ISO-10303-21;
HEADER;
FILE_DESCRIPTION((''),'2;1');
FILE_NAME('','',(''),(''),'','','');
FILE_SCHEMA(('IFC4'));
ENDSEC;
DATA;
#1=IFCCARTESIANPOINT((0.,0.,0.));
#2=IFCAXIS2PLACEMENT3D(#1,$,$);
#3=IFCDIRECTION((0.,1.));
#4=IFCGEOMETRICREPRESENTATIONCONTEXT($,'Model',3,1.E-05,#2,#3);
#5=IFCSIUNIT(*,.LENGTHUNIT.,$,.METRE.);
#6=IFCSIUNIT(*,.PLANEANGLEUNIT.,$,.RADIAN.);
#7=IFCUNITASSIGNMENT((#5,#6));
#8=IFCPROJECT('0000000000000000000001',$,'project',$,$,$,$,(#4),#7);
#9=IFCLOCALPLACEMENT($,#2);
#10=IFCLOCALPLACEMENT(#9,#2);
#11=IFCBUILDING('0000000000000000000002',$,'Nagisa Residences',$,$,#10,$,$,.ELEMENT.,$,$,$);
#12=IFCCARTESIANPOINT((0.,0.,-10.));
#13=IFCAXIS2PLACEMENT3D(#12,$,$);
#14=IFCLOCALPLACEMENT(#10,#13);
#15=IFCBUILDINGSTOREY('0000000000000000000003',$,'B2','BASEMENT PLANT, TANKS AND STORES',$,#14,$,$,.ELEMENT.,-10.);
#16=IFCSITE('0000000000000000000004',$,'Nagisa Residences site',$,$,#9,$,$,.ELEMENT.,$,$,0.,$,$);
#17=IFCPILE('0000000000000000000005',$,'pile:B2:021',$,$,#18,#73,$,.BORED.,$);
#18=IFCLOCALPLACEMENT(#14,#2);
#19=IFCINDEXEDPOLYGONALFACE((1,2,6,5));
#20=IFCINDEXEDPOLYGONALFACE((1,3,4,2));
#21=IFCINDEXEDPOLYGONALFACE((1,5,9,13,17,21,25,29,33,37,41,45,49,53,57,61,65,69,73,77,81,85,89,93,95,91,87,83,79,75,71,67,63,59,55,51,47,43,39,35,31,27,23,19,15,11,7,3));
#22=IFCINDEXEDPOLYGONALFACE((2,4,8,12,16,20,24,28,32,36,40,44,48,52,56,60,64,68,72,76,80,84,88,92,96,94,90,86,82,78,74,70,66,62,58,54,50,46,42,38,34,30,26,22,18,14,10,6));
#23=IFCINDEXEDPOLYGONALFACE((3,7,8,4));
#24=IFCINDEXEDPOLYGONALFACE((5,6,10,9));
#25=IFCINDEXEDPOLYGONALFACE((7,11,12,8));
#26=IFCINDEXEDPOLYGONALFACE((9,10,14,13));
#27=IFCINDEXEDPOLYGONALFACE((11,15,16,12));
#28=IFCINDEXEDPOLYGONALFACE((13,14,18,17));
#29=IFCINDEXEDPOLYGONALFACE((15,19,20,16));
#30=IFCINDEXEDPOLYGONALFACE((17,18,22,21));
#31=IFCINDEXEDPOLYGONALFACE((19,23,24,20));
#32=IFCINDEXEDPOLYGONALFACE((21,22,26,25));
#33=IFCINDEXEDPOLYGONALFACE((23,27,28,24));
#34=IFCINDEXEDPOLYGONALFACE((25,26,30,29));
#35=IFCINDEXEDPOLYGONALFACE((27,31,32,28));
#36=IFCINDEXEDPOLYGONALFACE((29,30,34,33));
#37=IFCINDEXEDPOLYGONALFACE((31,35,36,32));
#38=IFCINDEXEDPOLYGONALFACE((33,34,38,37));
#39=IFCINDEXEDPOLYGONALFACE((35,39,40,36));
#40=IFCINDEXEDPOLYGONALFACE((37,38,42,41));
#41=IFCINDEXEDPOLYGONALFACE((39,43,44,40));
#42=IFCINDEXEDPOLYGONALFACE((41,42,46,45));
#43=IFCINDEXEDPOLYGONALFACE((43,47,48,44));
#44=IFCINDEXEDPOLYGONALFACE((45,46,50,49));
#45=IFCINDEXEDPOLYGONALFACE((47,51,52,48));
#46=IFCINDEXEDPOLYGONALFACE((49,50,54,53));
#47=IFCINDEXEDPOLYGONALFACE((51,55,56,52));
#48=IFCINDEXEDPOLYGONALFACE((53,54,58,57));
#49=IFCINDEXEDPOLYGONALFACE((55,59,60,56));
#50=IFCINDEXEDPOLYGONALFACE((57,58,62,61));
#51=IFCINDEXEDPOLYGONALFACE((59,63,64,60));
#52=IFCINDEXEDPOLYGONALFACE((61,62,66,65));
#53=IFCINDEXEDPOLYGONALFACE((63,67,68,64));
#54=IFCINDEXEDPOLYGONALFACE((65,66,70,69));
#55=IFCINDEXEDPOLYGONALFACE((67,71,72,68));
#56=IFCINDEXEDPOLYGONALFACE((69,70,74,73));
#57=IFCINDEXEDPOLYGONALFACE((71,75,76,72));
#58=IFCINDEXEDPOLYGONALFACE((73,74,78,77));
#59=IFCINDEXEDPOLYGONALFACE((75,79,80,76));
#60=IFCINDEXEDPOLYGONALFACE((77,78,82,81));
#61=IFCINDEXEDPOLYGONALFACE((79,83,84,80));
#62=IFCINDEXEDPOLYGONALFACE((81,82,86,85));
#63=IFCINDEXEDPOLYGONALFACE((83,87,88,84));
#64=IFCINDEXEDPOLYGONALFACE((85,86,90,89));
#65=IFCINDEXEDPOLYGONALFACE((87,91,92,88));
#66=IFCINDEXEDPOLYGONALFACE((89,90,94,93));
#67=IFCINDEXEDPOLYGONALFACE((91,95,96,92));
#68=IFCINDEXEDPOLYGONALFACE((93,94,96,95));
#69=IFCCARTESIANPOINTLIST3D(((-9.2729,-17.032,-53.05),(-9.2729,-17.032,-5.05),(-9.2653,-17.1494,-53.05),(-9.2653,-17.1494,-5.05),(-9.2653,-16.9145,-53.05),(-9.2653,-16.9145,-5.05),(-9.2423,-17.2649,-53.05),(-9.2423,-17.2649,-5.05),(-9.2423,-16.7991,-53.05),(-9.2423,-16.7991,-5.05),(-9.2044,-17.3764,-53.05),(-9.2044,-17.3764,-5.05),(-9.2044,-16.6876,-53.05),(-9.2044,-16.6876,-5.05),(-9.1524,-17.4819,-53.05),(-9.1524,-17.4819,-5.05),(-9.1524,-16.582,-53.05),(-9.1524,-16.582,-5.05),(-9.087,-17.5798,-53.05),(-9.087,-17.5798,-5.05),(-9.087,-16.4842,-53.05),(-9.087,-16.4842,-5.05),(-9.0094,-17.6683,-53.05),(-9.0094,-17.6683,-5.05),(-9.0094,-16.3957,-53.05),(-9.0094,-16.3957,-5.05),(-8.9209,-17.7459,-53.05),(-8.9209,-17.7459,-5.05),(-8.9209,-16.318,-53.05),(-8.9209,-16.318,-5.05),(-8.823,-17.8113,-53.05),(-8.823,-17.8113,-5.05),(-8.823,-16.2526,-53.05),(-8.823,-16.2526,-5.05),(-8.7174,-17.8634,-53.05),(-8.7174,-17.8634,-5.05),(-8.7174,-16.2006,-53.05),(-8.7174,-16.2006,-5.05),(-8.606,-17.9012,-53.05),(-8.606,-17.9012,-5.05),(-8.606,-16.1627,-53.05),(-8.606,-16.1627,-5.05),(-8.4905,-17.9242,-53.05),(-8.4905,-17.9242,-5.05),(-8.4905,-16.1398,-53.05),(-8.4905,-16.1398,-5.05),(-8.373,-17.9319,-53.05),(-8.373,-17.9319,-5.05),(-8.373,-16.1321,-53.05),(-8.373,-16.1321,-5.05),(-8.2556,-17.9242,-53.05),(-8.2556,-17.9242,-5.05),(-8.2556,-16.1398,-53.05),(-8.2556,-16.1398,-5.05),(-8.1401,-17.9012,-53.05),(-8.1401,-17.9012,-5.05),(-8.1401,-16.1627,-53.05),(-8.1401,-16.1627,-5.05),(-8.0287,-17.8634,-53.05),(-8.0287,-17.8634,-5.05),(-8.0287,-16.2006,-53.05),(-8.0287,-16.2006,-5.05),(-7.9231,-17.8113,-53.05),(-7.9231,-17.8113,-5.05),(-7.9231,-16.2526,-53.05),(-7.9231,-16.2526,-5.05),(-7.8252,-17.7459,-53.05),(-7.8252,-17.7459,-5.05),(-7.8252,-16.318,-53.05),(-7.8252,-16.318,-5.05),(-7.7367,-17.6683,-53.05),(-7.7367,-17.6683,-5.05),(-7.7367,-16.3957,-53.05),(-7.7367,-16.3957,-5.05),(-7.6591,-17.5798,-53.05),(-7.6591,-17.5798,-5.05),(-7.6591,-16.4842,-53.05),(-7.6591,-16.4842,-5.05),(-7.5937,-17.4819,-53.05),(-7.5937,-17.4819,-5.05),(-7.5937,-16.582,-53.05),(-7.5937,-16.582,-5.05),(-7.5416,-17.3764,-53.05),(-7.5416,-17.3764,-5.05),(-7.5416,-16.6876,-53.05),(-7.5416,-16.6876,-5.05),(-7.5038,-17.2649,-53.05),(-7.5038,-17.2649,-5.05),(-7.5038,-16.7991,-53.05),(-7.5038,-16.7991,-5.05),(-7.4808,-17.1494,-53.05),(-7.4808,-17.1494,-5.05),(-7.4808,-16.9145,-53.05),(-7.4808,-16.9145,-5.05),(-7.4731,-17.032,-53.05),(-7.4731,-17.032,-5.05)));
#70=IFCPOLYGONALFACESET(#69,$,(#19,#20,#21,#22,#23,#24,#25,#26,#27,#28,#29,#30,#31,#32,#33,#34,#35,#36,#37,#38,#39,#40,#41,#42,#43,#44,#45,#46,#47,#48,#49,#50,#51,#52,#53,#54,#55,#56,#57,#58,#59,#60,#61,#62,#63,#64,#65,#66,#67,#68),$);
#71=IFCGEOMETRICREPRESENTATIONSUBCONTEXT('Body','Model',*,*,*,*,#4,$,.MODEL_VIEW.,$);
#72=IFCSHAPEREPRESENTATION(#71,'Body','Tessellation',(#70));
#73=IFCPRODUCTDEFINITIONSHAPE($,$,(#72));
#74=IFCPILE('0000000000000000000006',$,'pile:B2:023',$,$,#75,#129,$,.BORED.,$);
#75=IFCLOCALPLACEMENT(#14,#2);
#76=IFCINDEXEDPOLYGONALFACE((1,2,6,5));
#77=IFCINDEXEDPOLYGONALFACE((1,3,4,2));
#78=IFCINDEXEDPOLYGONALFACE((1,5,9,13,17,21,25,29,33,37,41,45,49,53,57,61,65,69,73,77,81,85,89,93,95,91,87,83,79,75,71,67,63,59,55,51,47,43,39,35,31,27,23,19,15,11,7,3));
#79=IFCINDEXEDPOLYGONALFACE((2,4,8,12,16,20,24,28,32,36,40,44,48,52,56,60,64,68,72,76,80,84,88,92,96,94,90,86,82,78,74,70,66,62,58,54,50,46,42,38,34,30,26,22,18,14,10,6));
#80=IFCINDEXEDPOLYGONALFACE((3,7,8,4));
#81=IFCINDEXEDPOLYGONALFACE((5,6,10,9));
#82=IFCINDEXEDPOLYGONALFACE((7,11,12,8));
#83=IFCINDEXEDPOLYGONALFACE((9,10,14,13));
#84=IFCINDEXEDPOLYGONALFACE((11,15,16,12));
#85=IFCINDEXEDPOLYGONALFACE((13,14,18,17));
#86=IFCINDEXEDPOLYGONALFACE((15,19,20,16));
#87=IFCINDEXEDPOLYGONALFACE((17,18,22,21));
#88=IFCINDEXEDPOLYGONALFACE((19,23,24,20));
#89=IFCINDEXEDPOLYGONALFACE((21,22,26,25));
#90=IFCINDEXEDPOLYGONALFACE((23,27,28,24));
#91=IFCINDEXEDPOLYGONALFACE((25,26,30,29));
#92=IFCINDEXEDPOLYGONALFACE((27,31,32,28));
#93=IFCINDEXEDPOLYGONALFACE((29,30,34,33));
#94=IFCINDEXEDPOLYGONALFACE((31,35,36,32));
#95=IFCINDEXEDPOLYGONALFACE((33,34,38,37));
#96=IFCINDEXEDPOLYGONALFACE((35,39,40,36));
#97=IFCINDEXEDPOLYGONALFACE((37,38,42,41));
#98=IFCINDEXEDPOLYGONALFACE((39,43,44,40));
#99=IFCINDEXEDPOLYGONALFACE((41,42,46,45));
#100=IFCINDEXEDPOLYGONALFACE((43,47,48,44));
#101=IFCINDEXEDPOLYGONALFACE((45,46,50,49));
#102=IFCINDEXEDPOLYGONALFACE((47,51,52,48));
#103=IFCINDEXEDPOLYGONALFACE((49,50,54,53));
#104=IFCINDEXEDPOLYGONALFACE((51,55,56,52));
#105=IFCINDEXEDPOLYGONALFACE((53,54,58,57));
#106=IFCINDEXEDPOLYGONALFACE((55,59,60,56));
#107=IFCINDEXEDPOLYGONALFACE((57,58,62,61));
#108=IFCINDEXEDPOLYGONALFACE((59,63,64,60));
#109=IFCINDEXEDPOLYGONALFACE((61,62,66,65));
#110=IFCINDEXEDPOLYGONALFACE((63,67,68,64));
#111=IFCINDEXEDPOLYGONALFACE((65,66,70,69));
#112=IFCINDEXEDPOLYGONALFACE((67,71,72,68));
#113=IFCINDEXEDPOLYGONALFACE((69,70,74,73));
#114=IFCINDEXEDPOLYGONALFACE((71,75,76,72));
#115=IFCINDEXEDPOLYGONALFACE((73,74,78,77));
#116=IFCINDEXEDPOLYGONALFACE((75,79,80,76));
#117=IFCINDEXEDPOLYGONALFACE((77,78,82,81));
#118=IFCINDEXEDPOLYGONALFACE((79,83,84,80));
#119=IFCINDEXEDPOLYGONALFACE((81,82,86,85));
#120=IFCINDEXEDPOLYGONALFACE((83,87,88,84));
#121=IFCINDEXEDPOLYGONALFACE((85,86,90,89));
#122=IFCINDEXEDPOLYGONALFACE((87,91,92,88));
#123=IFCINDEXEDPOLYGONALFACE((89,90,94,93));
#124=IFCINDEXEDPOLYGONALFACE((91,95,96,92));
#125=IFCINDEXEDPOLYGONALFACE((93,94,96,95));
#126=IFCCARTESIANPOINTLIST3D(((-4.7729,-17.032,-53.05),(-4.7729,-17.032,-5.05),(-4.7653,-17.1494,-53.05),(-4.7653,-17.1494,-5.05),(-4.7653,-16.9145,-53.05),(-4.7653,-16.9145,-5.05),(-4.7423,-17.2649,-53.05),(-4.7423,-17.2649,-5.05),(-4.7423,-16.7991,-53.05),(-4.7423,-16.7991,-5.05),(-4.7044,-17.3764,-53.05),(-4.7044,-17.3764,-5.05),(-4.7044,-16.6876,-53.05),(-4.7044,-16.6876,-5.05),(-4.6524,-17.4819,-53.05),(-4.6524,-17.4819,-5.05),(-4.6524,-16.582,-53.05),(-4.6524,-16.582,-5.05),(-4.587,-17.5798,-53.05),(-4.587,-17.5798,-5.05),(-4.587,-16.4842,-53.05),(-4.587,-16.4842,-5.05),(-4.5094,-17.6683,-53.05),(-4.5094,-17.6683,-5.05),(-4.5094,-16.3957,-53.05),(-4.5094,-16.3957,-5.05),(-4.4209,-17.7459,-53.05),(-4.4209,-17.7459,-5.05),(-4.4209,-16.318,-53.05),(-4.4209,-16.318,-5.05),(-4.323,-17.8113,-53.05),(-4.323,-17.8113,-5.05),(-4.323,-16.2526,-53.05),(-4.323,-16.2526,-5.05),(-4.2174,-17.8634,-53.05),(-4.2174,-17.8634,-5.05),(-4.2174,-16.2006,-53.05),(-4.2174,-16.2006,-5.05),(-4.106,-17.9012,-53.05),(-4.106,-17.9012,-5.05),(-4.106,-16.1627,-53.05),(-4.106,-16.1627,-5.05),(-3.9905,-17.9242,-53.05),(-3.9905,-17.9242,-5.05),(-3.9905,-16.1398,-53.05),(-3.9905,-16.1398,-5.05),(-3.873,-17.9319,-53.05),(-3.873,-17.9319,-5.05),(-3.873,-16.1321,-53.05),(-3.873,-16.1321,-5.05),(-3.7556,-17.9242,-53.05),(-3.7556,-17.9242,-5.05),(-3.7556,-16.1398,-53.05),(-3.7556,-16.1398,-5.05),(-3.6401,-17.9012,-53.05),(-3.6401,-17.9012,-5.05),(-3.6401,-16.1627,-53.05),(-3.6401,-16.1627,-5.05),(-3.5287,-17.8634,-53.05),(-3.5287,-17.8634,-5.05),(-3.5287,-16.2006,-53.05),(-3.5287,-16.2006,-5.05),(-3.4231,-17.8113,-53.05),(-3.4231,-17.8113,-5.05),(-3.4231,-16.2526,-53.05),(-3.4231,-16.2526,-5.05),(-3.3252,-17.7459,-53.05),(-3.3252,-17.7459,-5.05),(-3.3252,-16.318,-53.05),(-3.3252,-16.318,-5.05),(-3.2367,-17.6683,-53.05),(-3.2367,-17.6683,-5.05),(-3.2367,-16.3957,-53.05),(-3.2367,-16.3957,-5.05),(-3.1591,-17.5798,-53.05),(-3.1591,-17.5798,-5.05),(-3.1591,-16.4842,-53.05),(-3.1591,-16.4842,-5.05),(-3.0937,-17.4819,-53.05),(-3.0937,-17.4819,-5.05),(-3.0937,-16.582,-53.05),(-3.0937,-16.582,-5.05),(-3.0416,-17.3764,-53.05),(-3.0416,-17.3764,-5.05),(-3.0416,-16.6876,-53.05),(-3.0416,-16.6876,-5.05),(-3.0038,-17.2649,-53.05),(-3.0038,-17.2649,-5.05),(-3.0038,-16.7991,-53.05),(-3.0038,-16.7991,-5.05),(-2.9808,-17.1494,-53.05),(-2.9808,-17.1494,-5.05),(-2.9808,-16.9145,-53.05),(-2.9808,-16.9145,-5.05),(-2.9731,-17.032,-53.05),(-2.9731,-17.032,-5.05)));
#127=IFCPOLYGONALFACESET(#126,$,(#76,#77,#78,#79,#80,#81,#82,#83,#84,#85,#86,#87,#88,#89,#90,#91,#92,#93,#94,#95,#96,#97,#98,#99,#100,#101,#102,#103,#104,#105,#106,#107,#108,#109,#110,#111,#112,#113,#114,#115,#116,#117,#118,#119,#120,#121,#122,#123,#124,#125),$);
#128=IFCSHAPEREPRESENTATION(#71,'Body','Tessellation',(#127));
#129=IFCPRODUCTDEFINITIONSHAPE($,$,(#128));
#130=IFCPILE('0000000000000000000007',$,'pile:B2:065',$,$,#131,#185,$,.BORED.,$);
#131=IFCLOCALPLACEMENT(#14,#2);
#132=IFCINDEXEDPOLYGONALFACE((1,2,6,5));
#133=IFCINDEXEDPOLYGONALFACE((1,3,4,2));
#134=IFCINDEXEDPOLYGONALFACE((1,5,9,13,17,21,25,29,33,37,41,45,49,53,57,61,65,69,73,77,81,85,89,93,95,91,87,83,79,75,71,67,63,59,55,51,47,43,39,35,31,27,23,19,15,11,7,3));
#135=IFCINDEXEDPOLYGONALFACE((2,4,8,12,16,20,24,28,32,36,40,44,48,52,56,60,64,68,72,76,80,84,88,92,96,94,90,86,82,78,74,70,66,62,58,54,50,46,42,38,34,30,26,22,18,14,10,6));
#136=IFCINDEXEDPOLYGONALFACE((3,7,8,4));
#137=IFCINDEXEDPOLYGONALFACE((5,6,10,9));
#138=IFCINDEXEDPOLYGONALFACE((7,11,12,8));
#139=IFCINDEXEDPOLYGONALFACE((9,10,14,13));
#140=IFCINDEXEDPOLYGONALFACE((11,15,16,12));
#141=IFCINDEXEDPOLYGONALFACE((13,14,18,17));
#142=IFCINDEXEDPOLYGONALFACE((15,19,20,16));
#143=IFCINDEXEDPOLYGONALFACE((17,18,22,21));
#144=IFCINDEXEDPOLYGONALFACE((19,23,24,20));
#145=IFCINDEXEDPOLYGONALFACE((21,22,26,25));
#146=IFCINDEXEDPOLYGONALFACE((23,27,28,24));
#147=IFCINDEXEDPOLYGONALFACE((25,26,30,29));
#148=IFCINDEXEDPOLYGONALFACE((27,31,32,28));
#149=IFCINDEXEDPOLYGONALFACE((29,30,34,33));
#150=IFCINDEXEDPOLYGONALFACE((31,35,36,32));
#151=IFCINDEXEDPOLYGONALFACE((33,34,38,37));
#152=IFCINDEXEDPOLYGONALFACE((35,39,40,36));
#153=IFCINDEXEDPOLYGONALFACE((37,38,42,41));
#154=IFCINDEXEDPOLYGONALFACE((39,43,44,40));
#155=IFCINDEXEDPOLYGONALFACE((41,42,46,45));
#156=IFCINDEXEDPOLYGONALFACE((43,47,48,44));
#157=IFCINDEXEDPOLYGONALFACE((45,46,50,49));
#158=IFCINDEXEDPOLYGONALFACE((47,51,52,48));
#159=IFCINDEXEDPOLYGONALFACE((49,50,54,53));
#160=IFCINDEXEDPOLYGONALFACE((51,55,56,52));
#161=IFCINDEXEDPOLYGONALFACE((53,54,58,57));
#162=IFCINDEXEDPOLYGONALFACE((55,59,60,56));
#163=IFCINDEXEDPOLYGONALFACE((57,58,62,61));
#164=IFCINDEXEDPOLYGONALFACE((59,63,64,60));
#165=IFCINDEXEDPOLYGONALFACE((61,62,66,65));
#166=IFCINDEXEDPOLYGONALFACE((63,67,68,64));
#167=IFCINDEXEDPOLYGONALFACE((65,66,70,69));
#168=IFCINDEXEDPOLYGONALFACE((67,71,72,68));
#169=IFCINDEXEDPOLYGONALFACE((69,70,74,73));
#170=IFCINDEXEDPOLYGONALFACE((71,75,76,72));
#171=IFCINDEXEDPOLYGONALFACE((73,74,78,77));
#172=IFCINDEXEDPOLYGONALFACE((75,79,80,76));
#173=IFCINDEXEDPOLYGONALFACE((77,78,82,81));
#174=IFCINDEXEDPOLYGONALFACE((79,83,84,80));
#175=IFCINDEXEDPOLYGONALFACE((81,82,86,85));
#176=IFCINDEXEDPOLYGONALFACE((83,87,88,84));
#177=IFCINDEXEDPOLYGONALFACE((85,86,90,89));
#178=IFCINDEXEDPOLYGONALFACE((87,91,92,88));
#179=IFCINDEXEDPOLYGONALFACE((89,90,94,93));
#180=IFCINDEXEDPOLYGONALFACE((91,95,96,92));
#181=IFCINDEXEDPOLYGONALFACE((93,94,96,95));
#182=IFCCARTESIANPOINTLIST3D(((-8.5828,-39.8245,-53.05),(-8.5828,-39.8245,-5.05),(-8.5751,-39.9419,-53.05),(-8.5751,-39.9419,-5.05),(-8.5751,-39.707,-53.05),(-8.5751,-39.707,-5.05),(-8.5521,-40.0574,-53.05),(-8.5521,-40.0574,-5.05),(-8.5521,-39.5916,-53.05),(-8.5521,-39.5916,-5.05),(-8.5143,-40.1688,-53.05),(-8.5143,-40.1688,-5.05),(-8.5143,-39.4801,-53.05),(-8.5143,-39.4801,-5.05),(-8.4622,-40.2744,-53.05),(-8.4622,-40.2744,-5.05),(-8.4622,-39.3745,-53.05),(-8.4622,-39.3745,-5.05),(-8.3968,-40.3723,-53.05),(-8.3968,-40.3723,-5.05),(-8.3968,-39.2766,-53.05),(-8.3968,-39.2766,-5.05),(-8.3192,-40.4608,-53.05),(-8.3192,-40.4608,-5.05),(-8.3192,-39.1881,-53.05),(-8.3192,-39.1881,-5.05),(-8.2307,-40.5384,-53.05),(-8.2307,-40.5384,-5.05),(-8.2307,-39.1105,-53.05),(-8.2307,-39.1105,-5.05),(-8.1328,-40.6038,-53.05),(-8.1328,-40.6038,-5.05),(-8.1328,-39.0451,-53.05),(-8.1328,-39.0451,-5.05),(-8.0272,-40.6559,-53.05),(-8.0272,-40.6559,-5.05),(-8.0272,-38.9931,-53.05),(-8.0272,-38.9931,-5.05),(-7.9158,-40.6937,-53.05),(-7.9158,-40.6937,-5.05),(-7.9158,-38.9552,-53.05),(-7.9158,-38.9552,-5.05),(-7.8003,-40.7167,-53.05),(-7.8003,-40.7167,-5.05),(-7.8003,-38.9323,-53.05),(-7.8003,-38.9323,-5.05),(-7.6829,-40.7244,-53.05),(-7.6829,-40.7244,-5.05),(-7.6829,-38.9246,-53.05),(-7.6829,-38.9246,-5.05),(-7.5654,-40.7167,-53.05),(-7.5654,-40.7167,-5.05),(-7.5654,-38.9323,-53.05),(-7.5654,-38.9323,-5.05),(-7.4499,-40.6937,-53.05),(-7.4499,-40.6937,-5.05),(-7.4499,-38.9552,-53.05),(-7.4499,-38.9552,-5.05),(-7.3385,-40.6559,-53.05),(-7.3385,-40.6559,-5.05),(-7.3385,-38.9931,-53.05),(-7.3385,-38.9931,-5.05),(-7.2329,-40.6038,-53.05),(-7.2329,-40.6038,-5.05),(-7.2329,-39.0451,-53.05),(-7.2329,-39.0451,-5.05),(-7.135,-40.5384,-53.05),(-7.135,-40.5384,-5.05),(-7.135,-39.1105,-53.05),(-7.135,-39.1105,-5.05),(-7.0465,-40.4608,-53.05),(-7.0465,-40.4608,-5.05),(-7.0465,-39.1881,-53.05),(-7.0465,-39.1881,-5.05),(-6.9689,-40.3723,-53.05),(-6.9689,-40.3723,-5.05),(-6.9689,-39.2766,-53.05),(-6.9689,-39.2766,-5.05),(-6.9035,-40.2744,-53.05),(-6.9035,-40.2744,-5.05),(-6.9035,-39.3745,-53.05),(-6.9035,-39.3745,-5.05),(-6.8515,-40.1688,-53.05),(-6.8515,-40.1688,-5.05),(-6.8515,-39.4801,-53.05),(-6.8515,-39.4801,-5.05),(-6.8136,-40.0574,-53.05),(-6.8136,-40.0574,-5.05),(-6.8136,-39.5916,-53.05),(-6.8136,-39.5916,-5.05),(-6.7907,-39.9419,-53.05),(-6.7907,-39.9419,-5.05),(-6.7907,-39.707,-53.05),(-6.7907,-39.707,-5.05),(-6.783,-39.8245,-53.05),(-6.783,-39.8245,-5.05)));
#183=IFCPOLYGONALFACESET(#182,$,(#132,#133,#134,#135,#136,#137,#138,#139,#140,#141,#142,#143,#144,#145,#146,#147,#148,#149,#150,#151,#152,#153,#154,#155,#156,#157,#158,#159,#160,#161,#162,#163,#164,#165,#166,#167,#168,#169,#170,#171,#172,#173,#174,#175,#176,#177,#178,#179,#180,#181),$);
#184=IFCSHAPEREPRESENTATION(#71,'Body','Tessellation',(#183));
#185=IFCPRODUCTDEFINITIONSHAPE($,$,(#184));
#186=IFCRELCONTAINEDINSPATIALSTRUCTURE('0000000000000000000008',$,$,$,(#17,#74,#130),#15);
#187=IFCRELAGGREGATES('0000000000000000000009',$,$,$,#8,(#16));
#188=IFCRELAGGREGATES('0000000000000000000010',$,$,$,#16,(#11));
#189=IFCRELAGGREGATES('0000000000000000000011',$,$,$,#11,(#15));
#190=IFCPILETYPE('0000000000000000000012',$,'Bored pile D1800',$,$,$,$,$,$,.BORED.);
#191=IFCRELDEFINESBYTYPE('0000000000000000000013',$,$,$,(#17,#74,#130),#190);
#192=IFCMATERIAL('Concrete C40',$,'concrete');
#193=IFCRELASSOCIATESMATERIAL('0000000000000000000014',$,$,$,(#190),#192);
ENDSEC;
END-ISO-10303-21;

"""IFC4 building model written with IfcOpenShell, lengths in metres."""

from ifc_helpers import new_model, si_unit, direction, frame, origin, origin_2d, place, context, subcontext, project, spatial, circle, extrude, material, material_profile, profile_set, type_object, element, save


model = new_model("IFC4")

# Units and contexts
model_context = context("Model", 3, precision=1e-05, world=origin(), true_north=direction((0.0, 1.0)))
body_context = subcontext(model_context, "Body", "Model", "MODEL_VIEW")
ifc_project = project(units=[si_unit("LENGTHUNIT", "METRE"), si_unit("PLANEANGLEUNIT", "RADIAN")], contexts=[model_context])

# Site, building, storey
site_placement = place(None, origin())
site = spatial("IfcSite", under=ifc_project, at=site_placement, Name="Nagisa Residences site", CompositionType="ELEMENT", RefElevation=0.0)
building_placement = place(site_placement, origin())
building = spatial("IfcBuilding", under=site, at=building_placement, Name="Nagisa Residences", CompositionType="ELEMENT")
storey_placement = place(building_placement, frame((0.0, 0.0, -10.0)))
storey = spatial("IfcBuildingStorey", under=building, at=storey_placement, Name="B2", Description="BASEMENT PLANT, TANKS AND STORES", CompositionType="ELEMENT", Elevation=-10.0)

# Piles
ifc_material_1 = material(Name="Concrete C40", Category="concrete")
ifc_material_profile_1 = material_profile(ifc_material_1, circle(Radius=0.8999, at=origin_2d()), Name="Bored pile D1800")
ifc_profile_set_1 = profile_set([ifc_material_profile_1], Name="Concrete C40")
pile_type = type_object("IfcPileType", Name="Bored pile D1800", PredefinedType="BORED", material=ifc_profile_set_1)
for number, where, z_axis, x_axis, name in (
    (1, (-8.373, -17.032, -5.05), (0.0, 0.0, -1.0), (1.0, 0.0, 0.0), "pile:B2:021"),
    (2, (-3.873, -17.032, -5.05), (0.0, 0.0, -1.0), (1.0, 0.0, 0.0), "pile:B2:023"),
    (3, (-7.6829, -39.8245, -5.05), (0.0, 0.0, -1.0), (1.0, 0.0, 0.0), "pile:B2:065"),
):
    element("IfcPile", number, at=place(storey_placement, frame(where, z_axis=z_axis, x_axis=x_axis)), inside=storey, type_object=pile_type, Name=name, PredefinedType="BORED", context=body_context, shape_type="SweptSolid", body=[
        extrude(circle(Radius=0.8999, at=origin_2d()), origin(), (0.0, 0.0, 1.0), 48.0),
    ])

save(model, "model.ifc")
